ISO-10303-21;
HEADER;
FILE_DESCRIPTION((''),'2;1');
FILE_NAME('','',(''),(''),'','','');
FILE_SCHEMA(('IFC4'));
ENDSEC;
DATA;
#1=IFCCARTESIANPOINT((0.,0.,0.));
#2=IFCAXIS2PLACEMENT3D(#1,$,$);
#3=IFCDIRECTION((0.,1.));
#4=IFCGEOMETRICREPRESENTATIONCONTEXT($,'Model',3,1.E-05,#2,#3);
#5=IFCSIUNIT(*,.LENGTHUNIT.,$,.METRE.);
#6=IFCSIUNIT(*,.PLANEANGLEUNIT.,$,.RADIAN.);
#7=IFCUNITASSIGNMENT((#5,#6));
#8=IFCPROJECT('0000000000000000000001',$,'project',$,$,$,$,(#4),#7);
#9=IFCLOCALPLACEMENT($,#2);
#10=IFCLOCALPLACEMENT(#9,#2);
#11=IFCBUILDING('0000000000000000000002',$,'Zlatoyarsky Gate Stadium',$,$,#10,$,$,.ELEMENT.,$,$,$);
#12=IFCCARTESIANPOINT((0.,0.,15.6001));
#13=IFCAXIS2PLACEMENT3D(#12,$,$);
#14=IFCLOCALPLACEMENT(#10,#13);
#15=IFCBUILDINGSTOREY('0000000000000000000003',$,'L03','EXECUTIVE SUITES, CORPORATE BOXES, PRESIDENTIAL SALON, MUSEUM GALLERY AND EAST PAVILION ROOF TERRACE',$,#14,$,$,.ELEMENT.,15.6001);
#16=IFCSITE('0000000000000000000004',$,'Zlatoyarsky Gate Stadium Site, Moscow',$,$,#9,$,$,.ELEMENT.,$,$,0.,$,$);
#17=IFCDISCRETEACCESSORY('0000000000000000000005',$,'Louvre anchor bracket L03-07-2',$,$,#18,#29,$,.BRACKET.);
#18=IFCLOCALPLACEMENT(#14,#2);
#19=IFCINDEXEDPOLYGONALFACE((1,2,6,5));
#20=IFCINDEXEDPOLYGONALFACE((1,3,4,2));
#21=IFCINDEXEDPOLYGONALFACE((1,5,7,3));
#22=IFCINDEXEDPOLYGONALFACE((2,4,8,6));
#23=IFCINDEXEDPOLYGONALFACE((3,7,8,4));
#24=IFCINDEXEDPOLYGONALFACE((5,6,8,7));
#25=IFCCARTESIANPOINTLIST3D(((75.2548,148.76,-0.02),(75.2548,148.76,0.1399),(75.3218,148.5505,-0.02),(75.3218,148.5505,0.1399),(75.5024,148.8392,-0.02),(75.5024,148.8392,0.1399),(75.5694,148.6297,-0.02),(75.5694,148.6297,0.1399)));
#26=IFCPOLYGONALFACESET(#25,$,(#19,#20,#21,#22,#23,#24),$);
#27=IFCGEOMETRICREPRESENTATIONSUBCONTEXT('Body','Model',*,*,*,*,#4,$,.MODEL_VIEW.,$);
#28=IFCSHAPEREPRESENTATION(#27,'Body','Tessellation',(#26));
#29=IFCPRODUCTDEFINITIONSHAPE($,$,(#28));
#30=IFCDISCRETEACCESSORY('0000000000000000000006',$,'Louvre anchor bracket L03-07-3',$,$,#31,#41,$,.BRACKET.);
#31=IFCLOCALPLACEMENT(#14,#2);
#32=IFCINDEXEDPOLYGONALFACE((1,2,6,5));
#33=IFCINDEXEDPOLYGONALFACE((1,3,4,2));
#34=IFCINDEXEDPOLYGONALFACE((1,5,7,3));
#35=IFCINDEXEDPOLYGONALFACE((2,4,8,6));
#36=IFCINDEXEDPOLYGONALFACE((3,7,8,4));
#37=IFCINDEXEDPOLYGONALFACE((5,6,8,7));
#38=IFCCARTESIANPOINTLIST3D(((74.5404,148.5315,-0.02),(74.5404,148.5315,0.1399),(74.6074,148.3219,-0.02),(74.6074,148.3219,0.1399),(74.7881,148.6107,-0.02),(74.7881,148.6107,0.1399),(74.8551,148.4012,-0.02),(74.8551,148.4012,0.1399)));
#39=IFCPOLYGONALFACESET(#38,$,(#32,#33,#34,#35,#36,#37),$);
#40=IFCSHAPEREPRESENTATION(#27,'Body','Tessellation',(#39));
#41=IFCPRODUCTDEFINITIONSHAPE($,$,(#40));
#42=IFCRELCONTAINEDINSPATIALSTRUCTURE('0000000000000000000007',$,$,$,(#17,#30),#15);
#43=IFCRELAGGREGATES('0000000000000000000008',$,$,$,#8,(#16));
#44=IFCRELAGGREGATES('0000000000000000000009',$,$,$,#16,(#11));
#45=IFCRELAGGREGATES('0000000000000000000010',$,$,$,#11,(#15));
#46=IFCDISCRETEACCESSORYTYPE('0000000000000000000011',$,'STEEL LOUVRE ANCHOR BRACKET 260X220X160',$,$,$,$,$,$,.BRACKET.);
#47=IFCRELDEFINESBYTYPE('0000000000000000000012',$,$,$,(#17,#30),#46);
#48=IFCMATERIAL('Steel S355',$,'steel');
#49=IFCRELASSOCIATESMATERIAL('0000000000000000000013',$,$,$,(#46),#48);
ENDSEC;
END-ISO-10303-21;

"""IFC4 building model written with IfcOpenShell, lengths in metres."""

from ifc_helpers import new_model, si_unit, direction, frame, origin, origin_2d, place, context, subcontext, project, spatial, rectangle, extrude, material, type_object, element, save


model = new_model("IFC4")

# Units and contexts
model_context = context("Model", 3, precision=1e-05, world=origin(), true_north=direction((0.0, 1.0)))
body_context = subcontext(model_context, "Body", "Model", "MODEL_VIEW")
ifc_project = project(units=[si_unit("LENGTHUNIT", "METRE"), si_unit("PLANEANGLEUNIT", "RADIAN")], contexts=[model_context])

# Site, building, storey
site_placement = place(None, origin())
site = spatial("IfcSite", under=ifc_project, at=site_placement, Name="Zlatoyarsky Gate Stadium Site, Moscow", CompositionType="ELEMENT", RefElevation=0.0)
building_placement = place(site_placement, origin())
building = spatial("IfcBuilding", under=site, at=building_placement, Name="Zlatoyarsky Gate Stadium", CompositionType="ELEMENT")
storey_placement = place(building_placement, frame((0.0, 0.0, 15.6001)))
storey = spatial("IfcBuildingStorey", under=building, at=storey_placement, Name="L03", Description="EXECUTIVE SUITES, CORPORATE BOXES, PRESIDENTIAL SALON, MUSEUM GALLERY AND EAST PAVILION ROOF TERRACE", CompositionType="ELEMENT", Elevation=15.6001)

# Discrete accessories
ifc_material_1 = material(Name="Steel S355", Category="steel")
discrete_accessory_type = type_object("IfcDiscreteAccessoryType", Name="STEEL LOUVRE ANCHOR BRACKET 260X220X160", PredefinedType="BRACKET", material=ifc_material_1)
for number, where, z_axis, x_axis, name in (
    (1, (75.4121, 148.6948, -0.02), (0.0, 0.0, 1.0), (-0.952451, -0.304691, 0.0), "Louvre anchor bracket L03-07-2"),
    (2, (74.6978, 148.4663, -0.02), (0.0, 0.0, 1.0), (-0.952451, -0.304691, 0.0), "Louvre anchor bracket L03-07-3"),
):
    element("IfcDiscreteAccessory", number, at=place(storey_placement, frame(where, z_axis=z_axis, x_axis=x_axis)), inside=storey, type_object=discrete_accessory_type, Name=name, PredefinedType="BRACKET", context=body_context, shape_type="SweptSolid", body=[
        extrude(rectangle(XDim=0.26, YDim=0.22, at=origin_2d()), origin(), (0.0, 0.0, 1.0), 0.1599),
    ])

save(model, "model.ifc")
